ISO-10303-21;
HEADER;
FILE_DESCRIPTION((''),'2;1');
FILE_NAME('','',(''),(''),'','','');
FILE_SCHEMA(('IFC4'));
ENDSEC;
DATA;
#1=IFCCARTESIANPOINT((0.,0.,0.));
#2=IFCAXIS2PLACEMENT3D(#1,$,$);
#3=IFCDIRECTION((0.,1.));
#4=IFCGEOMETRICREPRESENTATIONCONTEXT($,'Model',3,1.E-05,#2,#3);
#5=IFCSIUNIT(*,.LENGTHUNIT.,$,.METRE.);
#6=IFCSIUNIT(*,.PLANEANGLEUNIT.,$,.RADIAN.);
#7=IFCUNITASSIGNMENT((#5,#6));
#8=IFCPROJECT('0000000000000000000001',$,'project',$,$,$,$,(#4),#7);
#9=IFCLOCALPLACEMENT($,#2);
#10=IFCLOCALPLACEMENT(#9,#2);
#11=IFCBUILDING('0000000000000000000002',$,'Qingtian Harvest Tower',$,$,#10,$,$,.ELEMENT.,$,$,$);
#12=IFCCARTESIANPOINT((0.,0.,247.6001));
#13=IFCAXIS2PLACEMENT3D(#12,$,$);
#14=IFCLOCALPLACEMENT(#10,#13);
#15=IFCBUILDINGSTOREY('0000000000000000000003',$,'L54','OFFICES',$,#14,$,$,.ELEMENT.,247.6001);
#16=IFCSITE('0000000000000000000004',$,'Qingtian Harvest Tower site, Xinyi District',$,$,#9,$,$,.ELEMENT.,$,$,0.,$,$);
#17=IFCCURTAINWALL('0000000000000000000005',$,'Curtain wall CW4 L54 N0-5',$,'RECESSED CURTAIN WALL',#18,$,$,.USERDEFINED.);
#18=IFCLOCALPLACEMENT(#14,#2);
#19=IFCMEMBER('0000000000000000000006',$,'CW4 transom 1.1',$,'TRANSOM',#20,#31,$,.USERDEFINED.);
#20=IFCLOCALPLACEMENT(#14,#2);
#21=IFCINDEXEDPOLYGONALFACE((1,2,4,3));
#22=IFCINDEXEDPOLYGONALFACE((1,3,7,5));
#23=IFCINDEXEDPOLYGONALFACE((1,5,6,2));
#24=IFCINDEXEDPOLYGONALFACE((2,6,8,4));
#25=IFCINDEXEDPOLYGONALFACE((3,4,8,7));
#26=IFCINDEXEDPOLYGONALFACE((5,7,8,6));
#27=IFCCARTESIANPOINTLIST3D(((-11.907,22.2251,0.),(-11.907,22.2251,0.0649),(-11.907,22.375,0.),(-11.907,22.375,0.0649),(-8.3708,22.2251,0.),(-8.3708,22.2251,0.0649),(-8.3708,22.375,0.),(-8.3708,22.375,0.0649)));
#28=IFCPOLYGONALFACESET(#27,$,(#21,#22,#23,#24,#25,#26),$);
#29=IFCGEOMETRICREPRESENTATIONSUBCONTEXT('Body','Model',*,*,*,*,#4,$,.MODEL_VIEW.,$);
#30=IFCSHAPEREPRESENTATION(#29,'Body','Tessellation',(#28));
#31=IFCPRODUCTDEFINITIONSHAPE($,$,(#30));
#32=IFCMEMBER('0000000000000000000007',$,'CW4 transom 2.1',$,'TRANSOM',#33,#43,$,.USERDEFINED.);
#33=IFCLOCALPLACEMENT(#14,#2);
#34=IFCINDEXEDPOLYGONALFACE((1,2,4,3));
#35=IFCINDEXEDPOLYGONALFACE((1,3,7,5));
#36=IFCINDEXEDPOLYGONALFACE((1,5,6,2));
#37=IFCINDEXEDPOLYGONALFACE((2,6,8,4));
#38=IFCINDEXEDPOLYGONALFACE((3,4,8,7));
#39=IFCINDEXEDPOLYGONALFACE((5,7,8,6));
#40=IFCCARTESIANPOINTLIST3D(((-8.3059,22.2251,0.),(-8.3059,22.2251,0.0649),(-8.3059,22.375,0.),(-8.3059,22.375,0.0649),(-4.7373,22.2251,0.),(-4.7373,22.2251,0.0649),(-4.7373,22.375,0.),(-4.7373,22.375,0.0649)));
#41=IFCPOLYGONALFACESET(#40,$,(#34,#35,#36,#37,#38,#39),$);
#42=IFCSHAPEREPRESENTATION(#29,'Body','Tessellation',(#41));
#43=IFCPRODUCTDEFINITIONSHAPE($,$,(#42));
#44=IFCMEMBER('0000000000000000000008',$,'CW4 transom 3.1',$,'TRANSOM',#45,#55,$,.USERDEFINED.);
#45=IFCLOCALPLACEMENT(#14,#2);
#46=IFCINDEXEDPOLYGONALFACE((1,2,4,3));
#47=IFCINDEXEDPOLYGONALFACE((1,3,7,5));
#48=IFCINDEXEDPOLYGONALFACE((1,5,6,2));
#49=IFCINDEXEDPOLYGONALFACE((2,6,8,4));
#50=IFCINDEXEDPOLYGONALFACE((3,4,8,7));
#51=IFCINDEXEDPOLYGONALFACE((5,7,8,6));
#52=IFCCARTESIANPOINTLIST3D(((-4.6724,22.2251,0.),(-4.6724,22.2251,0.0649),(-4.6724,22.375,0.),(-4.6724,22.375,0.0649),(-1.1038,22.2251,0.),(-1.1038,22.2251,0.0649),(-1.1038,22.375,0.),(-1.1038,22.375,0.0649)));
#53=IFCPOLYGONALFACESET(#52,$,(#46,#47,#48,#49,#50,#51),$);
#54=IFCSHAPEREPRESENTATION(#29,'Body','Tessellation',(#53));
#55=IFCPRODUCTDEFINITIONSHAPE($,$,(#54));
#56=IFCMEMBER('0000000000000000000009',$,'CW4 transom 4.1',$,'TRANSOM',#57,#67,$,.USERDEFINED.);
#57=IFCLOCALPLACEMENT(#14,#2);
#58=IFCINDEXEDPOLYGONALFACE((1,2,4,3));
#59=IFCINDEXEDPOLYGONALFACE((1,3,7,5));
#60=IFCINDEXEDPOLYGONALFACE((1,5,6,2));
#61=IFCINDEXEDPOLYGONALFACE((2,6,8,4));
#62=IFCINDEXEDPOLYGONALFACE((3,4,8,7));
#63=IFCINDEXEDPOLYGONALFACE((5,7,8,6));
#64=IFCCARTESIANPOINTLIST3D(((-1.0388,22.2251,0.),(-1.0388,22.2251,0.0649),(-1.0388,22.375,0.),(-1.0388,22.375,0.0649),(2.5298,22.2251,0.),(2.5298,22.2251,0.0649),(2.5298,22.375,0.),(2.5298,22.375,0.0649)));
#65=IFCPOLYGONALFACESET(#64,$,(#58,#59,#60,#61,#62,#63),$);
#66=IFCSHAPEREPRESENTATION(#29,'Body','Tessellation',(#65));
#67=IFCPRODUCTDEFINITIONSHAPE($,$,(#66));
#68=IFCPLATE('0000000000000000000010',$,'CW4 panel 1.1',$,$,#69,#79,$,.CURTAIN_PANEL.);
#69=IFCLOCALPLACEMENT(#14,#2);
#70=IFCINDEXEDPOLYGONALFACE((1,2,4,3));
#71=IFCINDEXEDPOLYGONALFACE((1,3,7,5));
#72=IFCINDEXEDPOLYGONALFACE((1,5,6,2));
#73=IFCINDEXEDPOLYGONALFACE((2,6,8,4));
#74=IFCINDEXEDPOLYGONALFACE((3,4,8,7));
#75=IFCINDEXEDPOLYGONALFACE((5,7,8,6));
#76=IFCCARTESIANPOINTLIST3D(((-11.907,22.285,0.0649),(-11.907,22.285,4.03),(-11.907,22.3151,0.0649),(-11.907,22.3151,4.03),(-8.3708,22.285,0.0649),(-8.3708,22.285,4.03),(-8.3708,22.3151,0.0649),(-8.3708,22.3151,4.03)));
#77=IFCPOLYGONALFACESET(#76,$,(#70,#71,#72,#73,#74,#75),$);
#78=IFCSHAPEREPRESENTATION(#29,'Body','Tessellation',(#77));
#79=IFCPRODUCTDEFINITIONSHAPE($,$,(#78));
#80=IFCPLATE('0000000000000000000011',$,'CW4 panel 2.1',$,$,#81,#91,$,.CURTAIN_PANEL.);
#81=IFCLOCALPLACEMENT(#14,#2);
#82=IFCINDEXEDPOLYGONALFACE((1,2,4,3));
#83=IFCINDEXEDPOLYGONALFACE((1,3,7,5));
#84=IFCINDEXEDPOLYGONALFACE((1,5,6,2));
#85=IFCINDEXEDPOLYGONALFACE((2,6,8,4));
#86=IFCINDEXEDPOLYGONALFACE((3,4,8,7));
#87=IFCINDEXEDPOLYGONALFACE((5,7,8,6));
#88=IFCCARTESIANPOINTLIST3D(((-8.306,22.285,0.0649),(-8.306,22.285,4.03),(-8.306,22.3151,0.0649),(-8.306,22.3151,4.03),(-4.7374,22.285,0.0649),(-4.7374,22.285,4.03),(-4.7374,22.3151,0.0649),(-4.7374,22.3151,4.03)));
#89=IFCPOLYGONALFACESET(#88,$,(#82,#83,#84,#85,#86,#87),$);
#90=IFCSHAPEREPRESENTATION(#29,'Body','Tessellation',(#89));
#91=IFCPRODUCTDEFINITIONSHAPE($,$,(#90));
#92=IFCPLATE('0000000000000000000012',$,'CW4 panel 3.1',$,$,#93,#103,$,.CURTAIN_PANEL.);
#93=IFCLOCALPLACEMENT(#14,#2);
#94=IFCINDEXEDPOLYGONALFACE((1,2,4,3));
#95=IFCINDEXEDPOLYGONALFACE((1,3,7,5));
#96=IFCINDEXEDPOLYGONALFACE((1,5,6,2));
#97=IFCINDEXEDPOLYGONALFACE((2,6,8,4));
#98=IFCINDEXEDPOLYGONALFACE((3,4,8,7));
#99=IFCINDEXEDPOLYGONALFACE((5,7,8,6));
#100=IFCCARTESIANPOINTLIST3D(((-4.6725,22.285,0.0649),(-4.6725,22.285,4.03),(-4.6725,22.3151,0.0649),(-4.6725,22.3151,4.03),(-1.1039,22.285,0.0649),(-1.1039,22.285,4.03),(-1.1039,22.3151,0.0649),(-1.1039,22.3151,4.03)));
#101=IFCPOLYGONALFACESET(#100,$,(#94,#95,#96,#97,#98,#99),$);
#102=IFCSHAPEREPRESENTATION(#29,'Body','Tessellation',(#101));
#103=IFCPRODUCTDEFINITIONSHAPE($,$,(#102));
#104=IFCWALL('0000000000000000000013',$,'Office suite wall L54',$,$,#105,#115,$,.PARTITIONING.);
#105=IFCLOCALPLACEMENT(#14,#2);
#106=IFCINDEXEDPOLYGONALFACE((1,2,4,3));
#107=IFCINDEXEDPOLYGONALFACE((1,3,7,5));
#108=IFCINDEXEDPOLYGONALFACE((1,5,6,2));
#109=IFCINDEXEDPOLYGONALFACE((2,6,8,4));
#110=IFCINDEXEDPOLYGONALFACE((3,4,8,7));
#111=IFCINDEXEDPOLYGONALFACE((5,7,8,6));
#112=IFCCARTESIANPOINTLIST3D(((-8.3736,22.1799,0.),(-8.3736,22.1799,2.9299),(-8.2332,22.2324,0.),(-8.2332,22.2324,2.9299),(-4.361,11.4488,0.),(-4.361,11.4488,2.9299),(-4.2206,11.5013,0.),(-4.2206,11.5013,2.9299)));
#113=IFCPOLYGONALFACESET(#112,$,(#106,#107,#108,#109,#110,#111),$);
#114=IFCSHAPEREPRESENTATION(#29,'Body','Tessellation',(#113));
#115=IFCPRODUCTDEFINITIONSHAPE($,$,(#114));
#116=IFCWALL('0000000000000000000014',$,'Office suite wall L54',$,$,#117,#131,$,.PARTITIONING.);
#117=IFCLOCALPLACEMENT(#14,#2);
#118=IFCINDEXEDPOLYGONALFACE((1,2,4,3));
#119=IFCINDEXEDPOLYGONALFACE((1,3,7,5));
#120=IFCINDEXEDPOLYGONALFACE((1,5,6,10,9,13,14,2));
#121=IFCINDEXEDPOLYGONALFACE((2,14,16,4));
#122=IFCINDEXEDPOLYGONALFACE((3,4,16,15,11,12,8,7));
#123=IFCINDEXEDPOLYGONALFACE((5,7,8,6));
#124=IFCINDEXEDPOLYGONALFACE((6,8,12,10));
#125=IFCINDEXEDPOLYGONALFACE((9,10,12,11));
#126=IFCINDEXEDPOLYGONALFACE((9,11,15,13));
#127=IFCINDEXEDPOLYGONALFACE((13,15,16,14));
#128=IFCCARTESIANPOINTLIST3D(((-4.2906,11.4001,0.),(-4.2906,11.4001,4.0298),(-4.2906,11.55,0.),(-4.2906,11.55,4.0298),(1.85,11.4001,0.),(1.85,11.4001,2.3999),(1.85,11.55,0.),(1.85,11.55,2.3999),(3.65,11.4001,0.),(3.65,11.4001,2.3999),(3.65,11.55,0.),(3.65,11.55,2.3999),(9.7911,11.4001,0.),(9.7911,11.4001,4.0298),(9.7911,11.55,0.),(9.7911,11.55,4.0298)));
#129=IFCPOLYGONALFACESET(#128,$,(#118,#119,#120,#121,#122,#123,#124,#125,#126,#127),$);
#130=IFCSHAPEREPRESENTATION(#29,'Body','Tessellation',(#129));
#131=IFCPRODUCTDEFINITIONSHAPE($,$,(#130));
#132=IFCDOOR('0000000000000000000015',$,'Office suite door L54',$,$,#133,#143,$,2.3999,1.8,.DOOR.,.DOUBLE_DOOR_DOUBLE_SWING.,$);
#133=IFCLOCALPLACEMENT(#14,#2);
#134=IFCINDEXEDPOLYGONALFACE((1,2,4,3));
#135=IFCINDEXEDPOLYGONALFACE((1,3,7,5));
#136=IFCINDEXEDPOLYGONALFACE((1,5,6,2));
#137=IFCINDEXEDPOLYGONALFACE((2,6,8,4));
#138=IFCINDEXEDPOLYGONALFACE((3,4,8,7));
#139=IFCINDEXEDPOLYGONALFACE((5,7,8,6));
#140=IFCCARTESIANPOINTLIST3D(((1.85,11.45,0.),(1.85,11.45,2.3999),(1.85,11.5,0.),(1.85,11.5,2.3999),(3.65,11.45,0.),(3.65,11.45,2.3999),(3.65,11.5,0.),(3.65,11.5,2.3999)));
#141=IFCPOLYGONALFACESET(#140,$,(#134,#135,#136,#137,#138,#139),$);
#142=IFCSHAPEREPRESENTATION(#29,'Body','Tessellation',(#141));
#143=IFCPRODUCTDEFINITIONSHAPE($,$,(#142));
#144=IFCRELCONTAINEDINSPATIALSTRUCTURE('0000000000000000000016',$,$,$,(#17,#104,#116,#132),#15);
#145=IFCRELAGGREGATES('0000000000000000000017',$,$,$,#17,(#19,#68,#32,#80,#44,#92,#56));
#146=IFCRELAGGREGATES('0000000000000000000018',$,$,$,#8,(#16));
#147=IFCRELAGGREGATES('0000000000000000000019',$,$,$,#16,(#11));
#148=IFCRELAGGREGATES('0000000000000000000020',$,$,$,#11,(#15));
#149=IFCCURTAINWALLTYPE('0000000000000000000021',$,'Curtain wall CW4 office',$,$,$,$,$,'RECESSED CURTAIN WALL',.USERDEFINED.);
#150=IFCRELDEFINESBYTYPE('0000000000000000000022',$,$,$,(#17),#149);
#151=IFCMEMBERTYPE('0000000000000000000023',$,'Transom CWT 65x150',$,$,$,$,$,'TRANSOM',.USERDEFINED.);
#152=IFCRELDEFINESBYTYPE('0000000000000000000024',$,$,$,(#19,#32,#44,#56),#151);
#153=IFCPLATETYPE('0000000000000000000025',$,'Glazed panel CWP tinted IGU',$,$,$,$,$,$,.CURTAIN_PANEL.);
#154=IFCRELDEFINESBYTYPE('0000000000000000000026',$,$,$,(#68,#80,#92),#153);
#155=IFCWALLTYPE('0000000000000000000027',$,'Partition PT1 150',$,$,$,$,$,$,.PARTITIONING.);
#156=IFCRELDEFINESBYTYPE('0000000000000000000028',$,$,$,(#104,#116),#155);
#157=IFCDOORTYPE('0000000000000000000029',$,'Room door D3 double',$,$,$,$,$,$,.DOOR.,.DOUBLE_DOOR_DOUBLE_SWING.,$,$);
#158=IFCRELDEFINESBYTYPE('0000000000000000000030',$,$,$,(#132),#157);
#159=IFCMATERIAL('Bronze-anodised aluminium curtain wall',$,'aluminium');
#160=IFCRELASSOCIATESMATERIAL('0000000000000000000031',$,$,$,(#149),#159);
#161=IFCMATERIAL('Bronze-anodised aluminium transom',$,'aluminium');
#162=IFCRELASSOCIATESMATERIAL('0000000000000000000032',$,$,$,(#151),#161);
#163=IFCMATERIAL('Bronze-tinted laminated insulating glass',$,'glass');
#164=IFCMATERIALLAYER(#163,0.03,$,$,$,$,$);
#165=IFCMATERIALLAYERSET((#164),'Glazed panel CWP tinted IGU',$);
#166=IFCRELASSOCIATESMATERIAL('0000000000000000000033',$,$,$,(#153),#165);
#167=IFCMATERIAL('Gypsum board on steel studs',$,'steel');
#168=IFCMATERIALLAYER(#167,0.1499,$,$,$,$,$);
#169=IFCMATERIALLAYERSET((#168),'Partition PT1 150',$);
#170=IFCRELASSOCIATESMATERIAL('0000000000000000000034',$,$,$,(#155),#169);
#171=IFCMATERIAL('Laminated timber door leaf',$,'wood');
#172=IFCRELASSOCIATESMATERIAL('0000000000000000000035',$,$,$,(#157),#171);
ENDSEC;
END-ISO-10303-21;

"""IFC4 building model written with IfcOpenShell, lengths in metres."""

from ifc_helpers import new_model, si_unit, direction, frame, frame_2d, origin, origin_2d, place, context, subcontext, project, spatial, rectangle, extrude, material, layer, layer_set, material_profile, profile_set, type_object, element, fill, aggregate, save


model = new_model("IFC4")

# Units and contexts
model_context = context("Model", 3, precision=1e-05, world=origin(), true_north=direction((0.0, 1.0)))
body_context = subcontext(model_context, "Body", "Model", "MODEL_VIEW")
ifc_project = project(units=[si_unit("LENGTHUNIT", "METRE"), si_unit("PLANEANGLEUNIT", "RADIAN")], contexts=[model_context])

# Site, building, storey
site_placement = place(None, origin())
site = spatial("IfcSite", under=ifc_project, at=site_placement, Name="Qingtian Harvest Tower site, Xinyi District", CompositionType="ELEMENT", RefElevation=0.0)
building_placement = place(site_placement, origin())
building = spatial("IfcBuilding", under=site, at=building_placement, Name="Qingtian Harvest Tower", CompositionType="ELEMENT")
storey_placement = place(building_placement, frame((0.0, 0.0, 247.6001)))
storey = spatial("IfcBuildingStorey", under=building, at=storey_placement, Name="L54", Description="OFFICES", CompositionType="ELEMENT", Elevation=247.6001)

# Curtain wall
ifc_material_1 = material(Name="Bronze-anodised aluminium curtain wall", Category="aluminium")
curtain_wall_type = type_object("IfcCurtainWallType", Name="Curtain wall CW4 office", ElementType="RECESSED CURTAIN WALL", PredefinedType="USERDEFINED", material=ifc_material_1)
curtain_wall_1_placement = place(storey_placement, origin())
curtain_wall_1 = element("IfcCurtainWall", 1, at=curtain_wall_1_placement, inside=storey, type_object=curtain_wall_type, Name="Curtain wall CW4 L54 N0-5", ObjectType="RECESSED CURTAIN WALL", PredefinedType="USERDEFINED")

# Members
ifc_material_2 = material(Name="Bronze-anodised aluminium transom", Category="aluminium")
ifc_material_profile_1 = material_profile(ifc_material_2, rectangle(XDim=0.1499, YDim=0.0649, at=origin_2d()), Name="AL 65x150")
ifc_profile_set_1 = profile_set([ifc_material_profile_1], Name="Bronze-anodised aluminium transom")
member_type_1 = type_object("IfcMemberType", Name="Transom CWT 65x150", ElementType="TRANSOM", PredefinedType="USERDEFINED", material=ifc_profile_set_1)
member_1_placement = place(storey_placement, frame((-11.907, 22.3, 0.0325), z_axis=(1.0, 0.0, 0.0), x_axis=(0.0, 1.0, 0.0)))
member_1 = element("IfcMember", 2, at=member_1_placement, type_object=member_type_1, Name="CW4 transom 1.1", ObjectType="TRANSOM", PredefinedType="USERDEFINED", context=body_context, shape_type="SweptSolid", body=[
    extrude(rectangle(XDim=0.1499, YDim=0.0649, at=origin_2d()), origin(), (0.0, 0.0, 1.0), 3.5361),
])
member_2_placement = place(storey_placement, frame((-8.3059, 22.3, 0.0325), z_axis=(1.0, 0.0, 0.0), x_axis=(0.0, 1.0, 0.0)))
member_2 = element("IfcMember", 3, at=member_2_placement, type_object=member_type_1, Name="CW4 transom 2.1", ObjectType="TRANSOM", PredefinedType="USERDEFINED", context=body_context, shape_type="SweptSolid", body=[
    extrude(rectangle(XDim=0.1499, YDim=0.0649, at=origin_2d()), origin(), (0.0, 0.0, 1.0), 3.5686),
])
member_3_placement = place(storey_placement, frame((-4.6724, 22.3, 0.0325), z_axis=(1.0, 0.0, 0.0), x_axis=(0.0, 1.0, 0.0)))
member_3 = element("IfcMember", 4, at=member_3_placement, type_object=member_type_1, Name="CW4 transom 3.1", ObjectType="TRANSOM", PredefinedType="USERDEFINED", context=body_context, shape_type="SweptSolid", body=[
    extrude(rectangle(XDim=0.1499, YDim=0.0649, at=origin_2d()), origin(), (0.0, 0.0, 1.0), 3.5686),
])
member_4_placement = place(storey_placement, frame((-1.0388, 22.3, 0.0325), z_axis=(1.0, 0.0, 0.0), x_axis=(0.0, 1.0, 0.0)))
member_4 = element("IfcMember", 5, at=member_4_placement, type_object=member_type_1, Name="CW4 transom 4.1", ObjectType="TRANSOM", PredefinedType="USERDEFINED", context=body_context, shape_type="SweptSolid", body=[
    extrude(rectangle(XDim=0.1499, YDim=0.0649, at=origin_2d()), origin(), (0.0, 0.0, 1.0), 3.5686),
])

# Plates
ifc_material_3 = material(Name="Bronze-tinted laminated insulating glass", Category="glass")
ifc_layer_1 = layer(ifc_material_3, 0.03)
ifc_layer_set_1 = layer_set([ifc_layer_1], Name="Glazed panel CWP tinted IGU")
plate_type = type_object("IfcPlateType", Name="Glazed panel CWP tinted IGU", PredefinedType="CURTAIN_PANEL", material=ifc_layer_set_1)
plate_1_placement = place(storey_placement, frame((-10.1389, 22.3, 0.0649), z_axis=(0.0, 0.0, 1.0), x_axis=(1.0, 0.0, 0.0)))
plate_1 = element("IfcPlate", 6, at=plate_1_placement, type_object=plate_type, Name="CW4 panel 1.1", PredefinedType="CURTAIN_PANEL", context=body_context, shape_type="SweptSolid", body=[
    extrude(rectangle(XDim=3.5361, YDim=0.03, at=origin_2d()), origin(), (0.0, 0.0, 1.0), 3.9651),
])
plate_2_placement = place(storey_placement, frame((-6.5217, 22.3, 0.0649), z_axis=(0.0, 0.0, 1.0), x_axis=(1.0, 0.0, 0.0)))
plate_2 = element("IfcPlate", 7, at=plate_2_placement, type_object=plate_type, Name="CW4 panel 2.1", PredefinedType="CURTAIN_PANEL", context=body_context, shape_type="SweptSolid", body=[
    extrude(rectangle(XDim=3.5686, YDim=0.03, at=origin_2d()), origin(), (0.0, 0.0, 1.0), 3.9651),
])
plate_3_placement = place(storey_placement, frame((-2.8882, 22.3, 0.0649), z_axis=(0.0, 0.0, 1.0), x_axis=(1.0, 0.0, 0.0)))
plate_3 = element("IfcPlate", 8, at=plate_3_placement, type_object=plate_type, Name="CW4 panel 3.1", PredefinedType="CURTAIN_PANEL", context=body_context, shape_type="SweptSolid", body=[
    extrude(rectangle(XDim=3.5686, YDim=0.03, at=origin_2d()), origin(), (0.0, 0.0, 1.0), 3.9651),
])
aggregate(curtain_wall_1, [member_1, plate_1, member_2, plate_2, member_3, plate_3, member_4])

# Wall
ifc_material_4 = material(Name="Gypsum board on steel studs", Category="steel")
ifc_layer_2 = layer(ifc_material_4, 0.1499)
ifc_layer_set_2 = layer_set([ifc_layer_2], Name="Partition PT1 150")
wall_type = type_object("IfcWallType", Name="Partition PT1 150", PredefinedType="PARTITIONING", material=ifc_layer_set_2)
wall_1_placement = place(storey_placement, frame((-8.3035, 22.2063, 0.0), z_axis=(0.0, 0.0, 1.0), x_axis=(0.350243, -0.936659, 0.0)))
element("IfcWall", 9, at=wall_1_placement, inside=storey, type_object=wall_type, Name="Office suite wall L54", PredefinedType="PARTITIONING", context=body_context, shape_type="SweptSolid", body=[
    extrude(rectangle(XDim=11.4568, YDim=0.1499, at=frame_2d((5.7285, 0.0))), origin(), (0.0, 0.0, 1.0), 2.9299),
])

# Wall, opening, door
wall_2_placement = place(storey_placement, frame((-4.2908, 11.4751, 0.0), z_axis=(0.0, 0.0, 1.0), x_axis=(1.0, 0.0, 0.0)))
wall_2 = element("IfcWall", 10, at=wall_2_placement, inside=storey, type_object=wall_type, Name="Office suite wall L54", PredefinedType="PARTITIONING", context=body_context, shape_type="SweptSolid", body=[
    extrude(rectangle(XDim=14.0818, YDim=0.1499, at=frame_2d((7.041, 0.0))), origin(), (0.0, 0.0, 1.0), 4.0298),
])
opening_placement = place(wall_2_placement, frame((6.1409, 0.0, 0.0)))
opening = element("IfcOpeningElement", 11, at=opening_placement, cuts=wall_2, PredefinedType="OPENING", context=body_context, shape_type="SweptSolid", body=[
    extrude(rectangle(XDim=1.8, YDim=2.3999, at=frame_2d((0.8999, 1.2))), frame((0.0, 0.085, 0.0), z_axis=(0.0, -1.0, 0.0), x_axis=(1.0, 0.0, 0.0)), (0.0, 0.0, 1.0), 0.1699),
])
ifc_material_5 = material(Name="Laminated timber door leaf", Category="wood")
door_type = type_object("IfcDoorType", Name="Room door D3 double", OperationType="DOUBLE_DOOR_DOUBLE_SWING", PredefinedType="DOOR", material=ifc_material_5)
door_placement = place(opening_placement, origin())
door = element("IfcDoor", 12, at=door_placement, inside=storey, type_object=door_type, Name="Office suite door L54", OperationType="DOUBLE_DOOR_DOUBLE_SWING", OverallHeight=2.3999, OverallWidth=1.8, PredefinedType="DOOR", context=body_context, shape_type="SweptSolid", body=[
    extrude(rectangle(XDim=1.8, YDim=2.3999, at=frame_2d((0.8999, 1.2))), frame((0.0, 0.0249, 0.0), z_axis=(0.0, -1.0, 0.0), x_axis=(1.0, 0.0, 0.0)), (0.0, 0.0, 1.0), 0.05),
])
fill(opening, door)

save(model, "model.ifc")
